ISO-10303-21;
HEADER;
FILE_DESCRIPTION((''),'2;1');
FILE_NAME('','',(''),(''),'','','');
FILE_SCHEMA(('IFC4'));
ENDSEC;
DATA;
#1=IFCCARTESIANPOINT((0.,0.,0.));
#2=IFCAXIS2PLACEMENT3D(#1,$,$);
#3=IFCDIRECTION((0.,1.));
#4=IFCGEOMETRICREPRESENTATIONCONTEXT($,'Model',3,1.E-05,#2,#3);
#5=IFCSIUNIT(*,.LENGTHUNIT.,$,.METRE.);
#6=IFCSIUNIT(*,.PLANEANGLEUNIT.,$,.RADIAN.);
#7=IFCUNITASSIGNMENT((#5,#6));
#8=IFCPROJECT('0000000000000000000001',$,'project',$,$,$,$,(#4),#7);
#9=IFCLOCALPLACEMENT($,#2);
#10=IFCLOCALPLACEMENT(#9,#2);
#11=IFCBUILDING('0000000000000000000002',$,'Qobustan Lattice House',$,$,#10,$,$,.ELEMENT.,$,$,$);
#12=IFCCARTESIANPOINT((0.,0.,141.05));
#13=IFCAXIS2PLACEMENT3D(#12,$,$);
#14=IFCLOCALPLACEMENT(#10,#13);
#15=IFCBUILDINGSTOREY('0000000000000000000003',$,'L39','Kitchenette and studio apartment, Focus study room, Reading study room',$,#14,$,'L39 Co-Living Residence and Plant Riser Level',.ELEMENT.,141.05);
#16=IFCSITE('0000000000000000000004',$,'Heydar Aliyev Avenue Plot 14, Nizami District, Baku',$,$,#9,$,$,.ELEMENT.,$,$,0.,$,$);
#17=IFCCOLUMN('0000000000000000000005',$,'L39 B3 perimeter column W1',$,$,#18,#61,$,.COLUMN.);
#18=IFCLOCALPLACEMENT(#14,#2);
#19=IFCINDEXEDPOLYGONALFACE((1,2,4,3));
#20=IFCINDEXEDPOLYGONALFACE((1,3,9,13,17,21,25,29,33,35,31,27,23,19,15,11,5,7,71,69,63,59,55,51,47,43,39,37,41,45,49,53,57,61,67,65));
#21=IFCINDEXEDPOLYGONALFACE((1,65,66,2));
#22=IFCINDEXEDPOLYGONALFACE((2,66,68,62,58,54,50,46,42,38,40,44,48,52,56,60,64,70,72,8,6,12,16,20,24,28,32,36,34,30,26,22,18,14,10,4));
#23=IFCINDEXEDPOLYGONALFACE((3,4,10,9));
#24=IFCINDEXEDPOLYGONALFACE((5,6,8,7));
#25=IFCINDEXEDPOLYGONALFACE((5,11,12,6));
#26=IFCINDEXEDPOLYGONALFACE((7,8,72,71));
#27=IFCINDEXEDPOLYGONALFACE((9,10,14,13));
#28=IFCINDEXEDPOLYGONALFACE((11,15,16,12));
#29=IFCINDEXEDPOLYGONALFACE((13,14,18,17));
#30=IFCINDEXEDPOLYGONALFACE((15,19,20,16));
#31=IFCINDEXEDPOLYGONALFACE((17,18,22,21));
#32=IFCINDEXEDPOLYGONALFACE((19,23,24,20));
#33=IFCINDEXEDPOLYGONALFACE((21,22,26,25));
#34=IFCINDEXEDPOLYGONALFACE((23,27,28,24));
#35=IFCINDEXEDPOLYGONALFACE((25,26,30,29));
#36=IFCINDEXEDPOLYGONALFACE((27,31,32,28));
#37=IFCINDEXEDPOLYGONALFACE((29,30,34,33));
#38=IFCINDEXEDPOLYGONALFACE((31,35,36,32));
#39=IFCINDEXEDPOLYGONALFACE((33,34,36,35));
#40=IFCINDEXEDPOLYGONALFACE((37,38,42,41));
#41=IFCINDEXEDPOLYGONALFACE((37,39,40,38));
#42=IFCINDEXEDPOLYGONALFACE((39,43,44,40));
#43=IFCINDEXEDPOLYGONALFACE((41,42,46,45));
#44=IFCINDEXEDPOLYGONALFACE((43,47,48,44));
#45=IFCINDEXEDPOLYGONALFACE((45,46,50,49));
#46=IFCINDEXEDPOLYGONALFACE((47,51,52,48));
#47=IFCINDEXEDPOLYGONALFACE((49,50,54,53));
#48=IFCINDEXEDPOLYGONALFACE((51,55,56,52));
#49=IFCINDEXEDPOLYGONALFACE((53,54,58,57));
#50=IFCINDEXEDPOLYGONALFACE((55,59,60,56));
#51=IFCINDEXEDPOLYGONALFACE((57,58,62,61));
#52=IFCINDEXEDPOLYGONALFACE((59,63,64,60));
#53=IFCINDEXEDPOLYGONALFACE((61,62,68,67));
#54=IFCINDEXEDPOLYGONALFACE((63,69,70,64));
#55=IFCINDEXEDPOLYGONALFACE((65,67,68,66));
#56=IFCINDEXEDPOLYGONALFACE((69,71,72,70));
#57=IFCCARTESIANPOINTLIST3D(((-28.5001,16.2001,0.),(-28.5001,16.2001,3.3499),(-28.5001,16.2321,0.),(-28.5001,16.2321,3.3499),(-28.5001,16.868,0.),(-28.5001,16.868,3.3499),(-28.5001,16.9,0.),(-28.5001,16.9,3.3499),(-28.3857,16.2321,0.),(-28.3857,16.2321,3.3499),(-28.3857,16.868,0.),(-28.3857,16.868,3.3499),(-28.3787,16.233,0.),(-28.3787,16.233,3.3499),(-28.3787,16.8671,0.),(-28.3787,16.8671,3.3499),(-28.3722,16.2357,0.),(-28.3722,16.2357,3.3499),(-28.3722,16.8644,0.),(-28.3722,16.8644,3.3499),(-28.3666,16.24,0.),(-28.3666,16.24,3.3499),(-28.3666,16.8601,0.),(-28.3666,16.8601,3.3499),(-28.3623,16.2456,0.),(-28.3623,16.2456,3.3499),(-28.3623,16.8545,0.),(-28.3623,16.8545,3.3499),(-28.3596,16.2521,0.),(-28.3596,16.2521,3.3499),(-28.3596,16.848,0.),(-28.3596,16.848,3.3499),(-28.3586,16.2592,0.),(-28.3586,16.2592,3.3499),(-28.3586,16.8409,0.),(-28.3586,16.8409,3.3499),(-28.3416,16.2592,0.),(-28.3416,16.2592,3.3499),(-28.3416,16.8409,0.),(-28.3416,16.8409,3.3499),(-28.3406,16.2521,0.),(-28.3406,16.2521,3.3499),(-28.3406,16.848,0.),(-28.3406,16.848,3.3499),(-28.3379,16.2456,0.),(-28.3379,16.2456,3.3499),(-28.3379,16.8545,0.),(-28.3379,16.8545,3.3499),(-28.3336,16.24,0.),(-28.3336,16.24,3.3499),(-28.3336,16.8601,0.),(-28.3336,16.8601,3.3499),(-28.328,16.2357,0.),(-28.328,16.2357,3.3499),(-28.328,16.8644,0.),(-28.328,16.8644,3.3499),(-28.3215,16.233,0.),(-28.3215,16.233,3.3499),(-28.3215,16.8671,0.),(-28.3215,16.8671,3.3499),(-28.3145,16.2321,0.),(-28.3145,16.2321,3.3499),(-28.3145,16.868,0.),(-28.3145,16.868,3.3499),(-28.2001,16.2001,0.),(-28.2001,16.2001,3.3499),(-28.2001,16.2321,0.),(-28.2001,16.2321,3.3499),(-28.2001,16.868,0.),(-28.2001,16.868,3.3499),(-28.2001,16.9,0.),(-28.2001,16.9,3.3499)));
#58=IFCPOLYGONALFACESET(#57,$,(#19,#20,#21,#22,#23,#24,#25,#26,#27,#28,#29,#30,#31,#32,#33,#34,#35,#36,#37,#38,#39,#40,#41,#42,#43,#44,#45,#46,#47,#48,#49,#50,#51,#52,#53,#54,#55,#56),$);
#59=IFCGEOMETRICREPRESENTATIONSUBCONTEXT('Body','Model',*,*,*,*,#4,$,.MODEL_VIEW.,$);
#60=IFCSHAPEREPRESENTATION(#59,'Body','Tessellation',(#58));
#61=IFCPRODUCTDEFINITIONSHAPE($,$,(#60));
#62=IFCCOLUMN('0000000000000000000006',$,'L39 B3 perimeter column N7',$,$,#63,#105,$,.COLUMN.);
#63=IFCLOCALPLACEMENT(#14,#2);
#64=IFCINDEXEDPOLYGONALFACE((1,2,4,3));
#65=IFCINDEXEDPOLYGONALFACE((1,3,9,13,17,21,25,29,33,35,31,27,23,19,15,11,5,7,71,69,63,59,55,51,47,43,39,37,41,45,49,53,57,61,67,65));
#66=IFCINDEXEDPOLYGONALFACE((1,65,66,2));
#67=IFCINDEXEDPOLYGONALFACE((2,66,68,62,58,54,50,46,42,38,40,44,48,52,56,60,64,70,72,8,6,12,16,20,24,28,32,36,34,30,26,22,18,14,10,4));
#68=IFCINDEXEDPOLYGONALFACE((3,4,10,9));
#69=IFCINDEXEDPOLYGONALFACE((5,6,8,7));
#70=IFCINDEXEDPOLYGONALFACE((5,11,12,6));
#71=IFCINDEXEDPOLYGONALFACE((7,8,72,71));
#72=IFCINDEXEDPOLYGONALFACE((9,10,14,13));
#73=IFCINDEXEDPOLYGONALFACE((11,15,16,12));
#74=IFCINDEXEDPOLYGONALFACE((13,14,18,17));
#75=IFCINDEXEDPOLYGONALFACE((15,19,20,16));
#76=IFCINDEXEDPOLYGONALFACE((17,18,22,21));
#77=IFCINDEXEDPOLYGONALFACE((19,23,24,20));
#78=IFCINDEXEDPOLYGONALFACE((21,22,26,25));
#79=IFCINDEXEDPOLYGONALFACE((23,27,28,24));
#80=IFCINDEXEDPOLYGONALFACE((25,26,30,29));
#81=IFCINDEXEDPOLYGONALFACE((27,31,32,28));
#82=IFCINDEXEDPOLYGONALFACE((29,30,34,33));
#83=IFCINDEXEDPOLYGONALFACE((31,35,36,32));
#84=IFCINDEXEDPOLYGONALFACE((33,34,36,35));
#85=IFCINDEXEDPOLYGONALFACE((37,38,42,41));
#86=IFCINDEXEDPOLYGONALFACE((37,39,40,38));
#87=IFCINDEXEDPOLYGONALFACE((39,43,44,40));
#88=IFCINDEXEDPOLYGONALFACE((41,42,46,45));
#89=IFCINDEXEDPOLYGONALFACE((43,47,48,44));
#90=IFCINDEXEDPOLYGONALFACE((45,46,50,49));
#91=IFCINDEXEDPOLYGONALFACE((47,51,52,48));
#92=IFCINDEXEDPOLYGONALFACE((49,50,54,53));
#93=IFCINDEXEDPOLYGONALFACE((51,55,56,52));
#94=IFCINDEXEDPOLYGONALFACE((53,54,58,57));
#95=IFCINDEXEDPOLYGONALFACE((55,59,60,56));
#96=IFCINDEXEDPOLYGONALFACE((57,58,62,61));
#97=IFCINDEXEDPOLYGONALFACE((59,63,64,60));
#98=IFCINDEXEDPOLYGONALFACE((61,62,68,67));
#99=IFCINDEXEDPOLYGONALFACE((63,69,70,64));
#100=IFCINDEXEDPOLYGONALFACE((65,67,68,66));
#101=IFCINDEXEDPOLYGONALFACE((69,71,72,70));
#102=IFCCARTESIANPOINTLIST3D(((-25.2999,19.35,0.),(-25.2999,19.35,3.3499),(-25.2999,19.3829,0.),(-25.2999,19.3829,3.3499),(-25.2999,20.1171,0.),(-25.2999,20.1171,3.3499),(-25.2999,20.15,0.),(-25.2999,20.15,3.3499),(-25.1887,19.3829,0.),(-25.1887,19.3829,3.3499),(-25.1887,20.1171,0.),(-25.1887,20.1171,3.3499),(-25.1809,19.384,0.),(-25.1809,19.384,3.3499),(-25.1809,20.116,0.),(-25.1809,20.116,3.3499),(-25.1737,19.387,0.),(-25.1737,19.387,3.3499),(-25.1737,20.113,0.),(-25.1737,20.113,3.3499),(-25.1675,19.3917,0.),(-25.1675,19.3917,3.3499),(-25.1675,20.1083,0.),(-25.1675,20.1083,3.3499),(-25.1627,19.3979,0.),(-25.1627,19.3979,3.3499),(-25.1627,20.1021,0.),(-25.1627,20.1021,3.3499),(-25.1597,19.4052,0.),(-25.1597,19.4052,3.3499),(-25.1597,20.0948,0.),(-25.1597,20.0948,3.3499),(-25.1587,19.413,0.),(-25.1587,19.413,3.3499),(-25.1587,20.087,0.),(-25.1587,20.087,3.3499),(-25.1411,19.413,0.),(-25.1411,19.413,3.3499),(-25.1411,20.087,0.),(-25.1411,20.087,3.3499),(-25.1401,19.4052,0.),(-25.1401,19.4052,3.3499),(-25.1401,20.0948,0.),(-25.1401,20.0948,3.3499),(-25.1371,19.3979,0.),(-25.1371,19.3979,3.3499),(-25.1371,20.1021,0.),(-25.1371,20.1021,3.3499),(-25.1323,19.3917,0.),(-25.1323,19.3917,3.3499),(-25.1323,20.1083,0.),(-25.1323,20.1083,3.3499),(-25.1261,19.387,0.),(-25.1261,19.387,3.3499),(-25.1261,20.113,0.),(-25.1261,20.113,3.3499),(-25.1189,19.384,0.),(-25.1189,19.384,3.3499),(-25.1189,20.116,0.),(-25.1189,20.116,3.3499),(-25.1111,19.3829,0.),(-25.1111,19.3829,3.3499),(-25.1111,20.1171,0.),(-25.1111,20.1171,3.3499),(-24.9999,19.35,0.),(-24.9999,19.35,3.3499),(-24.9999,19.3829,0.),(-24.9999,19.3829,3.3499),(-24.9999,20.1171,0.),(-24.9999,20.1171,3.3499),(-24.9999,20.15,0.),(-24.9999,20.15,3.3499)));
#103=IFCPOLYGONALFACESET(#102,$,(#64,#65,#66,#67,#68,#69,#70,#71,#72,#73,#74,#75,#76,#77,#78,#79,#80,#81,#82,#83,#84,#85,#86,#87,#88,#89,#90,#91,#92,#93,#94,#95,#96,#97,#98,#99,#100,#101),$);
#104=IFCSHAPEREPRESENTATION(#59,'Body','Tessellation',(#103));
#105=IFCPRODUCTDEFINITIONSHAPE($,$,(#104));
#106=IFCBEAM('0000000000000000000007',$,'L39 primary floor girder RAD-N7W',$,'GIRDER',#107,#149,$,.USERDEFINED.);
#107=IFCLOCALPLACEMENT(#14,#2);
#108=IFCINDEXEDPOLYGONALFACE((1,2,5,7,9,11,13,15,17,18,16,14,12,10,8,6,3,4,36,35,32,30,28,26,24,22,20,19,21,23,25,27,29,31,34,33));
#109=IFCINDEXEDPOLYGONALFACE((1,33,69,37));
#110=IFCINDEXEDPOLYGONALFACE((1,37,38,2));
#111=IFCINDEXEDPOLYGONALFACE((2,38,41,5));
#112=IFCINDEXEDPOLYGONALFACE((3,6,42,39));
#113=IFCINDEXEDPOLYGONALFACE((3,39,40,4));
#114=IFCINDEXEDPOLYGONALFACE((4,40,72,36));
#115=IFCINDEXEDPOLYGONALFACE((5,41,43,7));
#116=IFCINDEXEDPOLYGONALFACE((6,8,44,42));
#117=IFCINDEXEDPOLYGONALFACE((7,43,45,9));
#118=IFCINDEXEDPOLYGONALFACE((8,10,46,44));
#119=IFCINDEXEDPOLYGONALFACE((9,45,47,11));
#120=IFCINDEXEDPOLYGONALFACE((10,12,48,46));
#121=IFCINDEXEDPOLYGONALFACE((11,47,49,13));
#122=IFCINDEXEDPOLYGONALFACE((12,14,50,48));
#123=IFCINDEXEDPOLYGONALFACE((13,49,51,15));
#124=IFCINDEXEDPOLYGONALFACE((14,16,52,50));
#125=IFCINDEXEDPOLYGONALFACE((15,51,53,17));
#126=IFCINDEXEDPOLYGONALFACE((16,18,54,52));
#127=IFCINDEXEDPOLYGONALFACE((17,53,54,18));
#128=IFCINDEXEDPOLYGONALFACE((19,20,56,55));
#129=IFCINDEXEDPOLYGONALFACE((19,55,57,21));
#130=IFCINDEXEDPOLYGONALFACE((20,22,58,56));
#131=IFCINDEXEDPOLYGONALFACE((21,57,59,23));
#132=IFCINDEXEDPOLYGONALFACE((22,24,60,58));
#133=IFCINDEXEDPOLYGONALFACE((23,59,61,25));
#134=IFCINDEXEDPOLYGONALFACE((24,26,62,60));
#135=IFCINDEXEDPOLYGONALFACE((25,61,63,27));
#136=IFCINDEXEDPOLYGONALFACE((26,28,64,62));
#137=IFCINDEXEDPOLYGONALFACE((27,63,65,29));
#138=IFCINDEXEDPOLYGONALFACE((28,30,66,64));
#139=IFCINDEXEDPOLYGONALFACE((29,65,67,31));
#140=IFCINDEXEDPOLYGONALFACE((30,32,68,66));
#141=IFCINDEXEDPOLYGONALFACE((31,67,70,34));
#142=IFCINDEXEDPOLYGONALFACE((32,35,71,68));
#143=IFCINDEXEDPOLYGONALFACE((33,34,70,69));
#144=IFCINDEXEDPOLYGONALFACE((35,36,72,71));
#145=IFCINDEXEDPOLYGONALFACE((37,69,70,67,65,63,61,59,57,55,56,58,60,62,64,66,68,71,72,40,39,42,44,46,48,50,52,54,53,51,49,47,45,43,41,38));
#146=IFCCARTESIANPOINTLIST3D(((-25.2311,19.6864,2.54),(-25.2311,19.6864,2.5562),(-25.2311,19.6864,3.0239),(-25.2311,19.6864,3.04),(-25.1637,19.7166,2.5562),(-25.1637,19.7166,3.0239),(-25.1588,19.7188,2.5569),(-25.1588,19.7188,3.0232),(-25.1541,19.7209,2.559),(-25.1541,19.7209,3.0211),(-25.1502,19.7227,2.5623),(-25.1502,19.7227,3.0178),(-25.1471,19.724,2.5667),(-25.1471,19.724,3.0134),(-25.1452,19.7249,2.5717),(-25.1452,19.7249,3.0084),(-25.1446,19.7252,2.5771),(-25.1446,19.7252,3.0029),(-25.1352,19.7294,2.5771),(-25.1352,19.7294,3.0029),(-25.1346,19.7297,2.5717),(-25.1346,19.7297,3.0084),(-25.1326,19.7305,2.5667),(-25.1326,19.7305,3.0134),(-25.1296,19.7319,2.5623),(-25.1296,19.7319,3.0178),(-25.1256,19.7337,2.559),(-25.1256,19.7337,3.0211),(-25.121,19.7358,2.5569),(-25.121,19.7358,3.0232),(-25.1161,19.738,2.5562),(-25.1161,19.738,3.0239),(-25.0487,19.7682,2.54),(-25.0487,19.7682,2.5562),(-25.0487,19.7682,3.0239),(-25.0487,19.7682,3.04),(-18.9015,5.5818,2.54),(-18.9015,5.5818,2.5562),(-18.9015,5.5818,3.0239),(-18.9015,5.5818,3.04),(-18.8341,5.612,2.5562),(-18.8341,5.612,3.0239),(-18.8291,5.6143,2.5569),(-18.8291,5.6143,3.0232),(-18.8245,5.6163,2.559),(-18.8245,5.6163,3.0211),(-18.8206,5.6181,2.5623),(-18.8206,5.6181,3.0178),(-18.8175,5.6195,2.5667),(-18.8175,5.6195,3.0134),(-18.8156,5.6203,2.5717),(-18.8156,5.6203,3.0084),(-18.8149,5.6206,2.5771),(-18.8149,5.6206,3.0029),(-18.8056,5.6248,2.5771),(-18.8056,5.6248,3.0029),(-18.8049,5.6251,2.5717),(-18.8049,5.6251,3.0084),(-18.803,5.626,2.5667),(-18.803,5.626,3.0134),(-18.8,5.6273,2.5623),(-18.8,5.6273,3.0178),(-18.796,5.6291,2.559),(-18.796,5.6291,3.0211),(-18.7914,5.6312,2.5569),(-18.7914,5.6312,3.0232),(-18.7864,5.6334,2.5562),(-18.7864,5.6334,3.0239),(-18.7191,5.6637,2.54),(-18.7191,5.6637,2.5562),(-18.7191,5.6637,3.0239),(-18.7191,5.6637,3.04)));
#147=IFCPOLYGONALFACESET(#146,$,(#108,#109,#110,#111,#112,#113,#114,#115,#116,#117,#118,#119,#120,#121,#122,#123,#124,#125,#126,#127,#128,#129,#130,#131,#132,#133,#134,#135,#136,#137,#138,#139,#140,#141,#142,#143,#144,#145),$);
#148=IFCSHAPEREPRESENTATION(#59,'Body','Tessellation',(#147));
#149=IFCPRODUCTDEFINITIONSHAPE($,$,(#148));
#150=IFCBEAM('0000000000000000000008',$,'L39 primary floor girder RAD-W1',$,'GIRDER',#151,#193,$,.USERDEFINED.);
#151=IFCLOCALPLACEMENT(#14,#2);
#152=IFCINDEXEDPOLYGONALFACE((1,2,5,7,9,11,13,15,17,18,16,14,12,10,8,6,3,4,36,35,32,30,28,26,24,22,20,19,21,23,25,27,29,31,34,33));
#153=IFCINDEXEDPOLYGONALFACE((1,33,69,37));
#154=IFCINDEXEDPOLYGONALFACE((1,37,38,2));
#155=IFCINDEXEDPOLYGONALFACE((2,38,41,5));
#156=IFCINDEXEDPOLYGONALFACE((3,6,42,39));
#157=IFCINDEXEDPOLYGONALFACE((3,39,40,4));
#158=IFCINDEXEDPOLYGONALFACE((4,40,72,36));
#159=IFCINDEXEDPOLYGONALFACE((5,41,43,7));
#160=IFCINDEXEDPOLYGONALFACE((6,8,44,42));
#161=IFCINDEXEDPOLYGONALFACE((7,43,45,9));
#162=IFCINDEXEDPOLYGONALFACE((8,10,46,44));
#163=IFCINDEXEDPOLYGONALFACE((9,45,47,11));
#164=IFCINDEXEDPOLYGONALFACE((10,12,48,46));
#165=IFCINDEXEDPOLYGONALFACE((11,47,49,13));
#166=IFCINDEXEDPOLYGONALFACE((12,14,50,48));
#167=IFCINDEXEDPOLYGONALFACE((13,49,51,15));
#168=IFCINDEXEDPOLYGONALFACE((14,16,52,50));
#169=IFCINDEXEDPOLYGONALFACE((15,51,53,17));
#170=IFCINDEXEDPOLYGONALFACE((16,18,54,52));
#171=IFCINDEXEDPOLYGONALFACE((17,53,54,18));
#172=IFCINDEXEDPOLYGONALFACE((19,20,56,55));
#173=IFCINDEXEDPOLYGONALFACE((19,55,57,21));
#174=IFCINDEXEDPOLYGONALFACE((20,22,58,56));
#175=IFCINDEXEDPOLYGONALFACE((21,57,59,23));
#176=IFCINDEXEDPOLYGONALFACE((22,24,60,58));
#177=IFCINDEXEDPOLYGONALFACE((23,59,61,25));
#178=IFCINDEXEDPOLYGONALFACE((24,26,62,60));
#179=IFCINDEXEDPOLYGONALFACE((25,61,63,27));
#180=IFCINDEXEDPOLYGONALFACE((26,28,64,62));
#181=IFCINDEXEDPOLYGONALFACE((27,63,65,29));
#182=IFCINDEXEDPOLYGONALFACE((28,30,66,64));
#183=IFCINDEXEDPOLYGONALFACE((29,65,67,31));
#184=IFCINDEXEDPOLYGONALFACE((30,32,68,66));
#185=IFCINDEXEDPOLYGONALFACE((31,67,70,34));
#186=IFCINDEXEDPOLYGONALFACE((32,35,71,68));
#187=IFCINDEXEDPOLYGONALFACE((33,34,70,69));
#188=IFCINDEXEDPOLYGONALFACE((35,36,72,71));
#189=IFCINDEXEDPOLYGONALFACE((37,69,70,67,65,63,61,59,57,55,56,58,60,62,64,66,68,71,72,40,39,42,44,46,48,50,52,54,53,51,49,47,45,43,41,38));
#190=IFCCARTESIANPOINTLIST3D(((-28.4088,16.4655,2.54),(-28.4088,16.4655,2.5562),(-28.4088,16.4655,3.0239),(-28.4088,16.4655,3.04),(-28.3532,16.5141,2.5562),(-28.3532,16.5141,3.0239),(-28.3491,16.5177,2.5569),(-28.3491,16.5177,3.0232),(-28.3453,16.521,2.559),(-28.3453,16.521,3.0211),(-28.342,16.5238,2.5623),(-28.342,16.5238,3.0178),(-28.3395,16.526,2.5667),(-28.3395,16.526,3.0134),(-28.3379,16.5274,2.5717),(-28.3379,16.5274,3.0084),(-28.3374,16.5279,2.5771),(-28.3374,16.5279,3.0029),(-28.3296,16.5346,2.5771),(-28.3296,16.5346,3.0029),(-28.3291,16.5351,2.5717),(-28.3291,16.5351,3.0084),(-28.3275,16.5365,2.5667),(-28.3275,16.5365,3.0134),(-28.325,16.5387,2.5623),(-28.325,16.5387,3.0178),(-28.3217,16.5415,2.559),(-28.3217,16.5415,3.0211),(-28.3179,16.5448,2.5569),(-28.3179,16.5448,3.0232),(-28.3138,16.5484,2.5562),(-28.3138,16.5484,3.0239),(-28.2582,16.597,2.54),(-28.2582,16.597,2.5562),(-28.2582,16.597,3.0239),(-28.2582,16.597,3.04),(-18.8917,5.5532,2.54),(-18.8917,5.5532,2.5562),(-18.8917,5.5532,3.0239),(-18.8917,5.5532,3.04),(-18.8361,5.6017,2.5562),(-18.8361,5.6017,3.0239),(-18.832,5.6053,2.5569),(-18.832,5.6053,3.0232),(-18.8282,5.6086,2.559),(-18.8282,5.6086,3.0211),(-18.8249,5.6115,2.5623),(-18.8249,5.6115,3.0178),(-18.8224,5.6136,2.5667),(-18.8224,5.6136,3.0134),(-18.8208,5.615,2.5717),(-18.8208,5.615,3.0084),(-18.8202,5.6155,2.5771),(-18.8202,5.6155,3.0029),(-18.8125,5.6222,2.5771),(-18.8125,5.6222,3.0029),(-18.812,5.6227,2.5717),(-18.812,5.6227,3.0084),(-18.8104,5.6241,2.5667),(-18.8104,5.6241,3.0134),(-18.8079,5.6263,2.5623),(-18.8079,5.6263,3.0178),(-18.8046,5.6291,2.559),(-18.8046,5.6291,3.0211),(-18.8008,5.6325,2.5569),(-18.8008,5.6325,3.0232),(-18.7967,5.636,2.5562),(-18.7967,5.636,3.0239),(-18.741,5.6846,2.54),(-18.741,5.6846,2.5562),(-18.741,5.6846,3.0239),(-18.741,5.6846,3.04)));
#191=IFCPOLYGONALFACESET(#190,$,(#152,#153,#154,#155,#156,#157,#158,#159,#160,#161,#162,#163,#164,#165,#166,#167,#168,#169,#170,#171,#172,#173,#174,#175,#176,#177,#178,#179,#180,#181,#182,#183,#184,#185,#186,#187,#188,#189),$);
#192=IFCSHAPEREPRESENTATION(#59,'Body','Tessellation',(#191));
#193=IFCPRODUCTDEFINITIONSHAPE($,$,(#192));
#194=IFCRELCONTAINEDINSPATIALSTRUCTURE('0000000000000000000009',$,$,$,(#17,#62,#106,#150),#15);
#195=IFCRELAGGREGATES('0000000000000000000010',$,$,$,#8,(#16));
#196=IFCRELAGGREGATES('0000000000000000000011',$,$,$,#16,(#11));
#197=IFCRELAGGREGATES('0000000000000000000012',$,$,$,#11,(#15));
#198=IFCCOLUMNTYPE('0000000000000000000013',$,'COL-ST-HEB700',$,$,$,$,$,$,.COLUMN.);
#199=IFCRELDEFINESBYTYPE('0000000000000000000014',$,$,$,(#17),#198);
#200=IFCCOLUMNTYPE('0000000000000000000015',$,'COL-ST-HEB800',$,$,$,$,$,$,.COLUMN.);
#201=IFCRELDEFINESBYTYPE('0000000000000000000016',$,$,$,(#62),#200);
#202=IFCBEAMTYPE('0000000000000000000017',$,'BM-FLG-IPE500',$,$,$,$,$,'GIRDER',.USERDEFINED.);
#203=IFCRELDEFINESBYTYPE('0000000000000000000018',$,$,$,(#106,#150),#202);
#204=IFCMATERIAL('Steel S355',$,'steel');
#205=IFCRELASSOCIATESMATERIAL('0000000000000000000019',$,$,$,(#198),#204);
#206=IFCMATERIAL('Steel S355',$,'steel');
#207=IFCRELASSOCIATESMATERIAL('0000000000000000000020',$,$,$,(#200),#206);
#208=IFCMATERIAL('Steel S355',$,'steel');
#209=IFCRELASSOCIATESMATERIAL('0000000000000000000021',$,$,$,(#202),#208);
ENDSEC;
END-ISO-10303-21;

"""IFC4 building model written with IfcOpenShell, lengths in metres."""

from ifc_helpers import new_model, si_unit, direction, frame, origin, origin_2d, place, context, subcontext, project, spatial, i_section, extrude, material, material_profile, profile_set, type_object, element, save


model = new_model("IFC4")

# Units and contexts
model_context = context("Model", 3, precision=1e-05, world=origin(), true_north=direction((0.0, 1.0)))
body_context = subcontext(model_context, "Body", "Model", "MODEL_VIEW")
ifc_project = project(units=[si_unit("LENGTHUNIT", "METRE"), si_unit("PLANEANGLEUNIT", "RADIAN")], contexts=[model_context])

# Site, building, storey
site_placement = place(None, origin())
site = spatial("IfcSite", under=ifc_project, at=site_placement, Name="Heydar Aliyev Avenue Plot 14, Nizami District, Baku", CompositionType="ELEMENT", RefElevation=0.0)
building_placement = place(site_placement, origin())
building = spatial("IfcBuilding", under=site, at=building_placement, Name="Qobustan Lattice House", CompositionType="ELEMENT")
storey_placement = place(building_placement, frame((0.0, 0.0, 141.05)))
storey = spatial("IfcBuildingStorey", under=building, at=storey_placement, Name="L39", Description="Kitchenette and studio apartment, Focus study room, Reading study room", LongName="L39 Co-Living Residence and Plant Riser Level", CompositionType="ELEMENT", Elevation=141.05)

# Columns
ifc_material_1 = material(Name="Steel S355", Category="steel")
ifc_material_profile_1 = material_profile(ifc_material_1, i_section(OverallWidth=0.3, OverallDepth=0.7, WebThickness=0.0171, FlangeThickness=0.032, FilletRadius=0.0271, at=origin_2d()), Name="HEB700")
ifc_profile_set_1 = profile_set([ifc_material_profile_1], Name="Steel S355")
column_type_1 = type_object("IfcColumnType", Name="COL-ST-HEB700", PredefinedType="COLUMN", material=ifc_profile_set_1)
column_1_placement = place(storey_placement, frame((-28.3501, 16.55, 0.0), z_axis=(0.0, 0.0, 1.0), x_axis=(1.0, 0.0, 0.0)))
element("IfcColumn", 1, at=column_1_placement, inside=storey, type_object=column_type_1, Name="L39 B3 perimeter column W1", PredefinedType="COLUMN", context=body_context, shape_type="SweptSolid", body=[
    extrude(i_section(OverallWidth=0.3, OverallDepth=0.7, WebThickness=0.0171, FlangeThickness=0.032, FilletRadius=0.0271, at=origin_2d()), origin(), (0.0, 0.0, 1.0), 3.3499),
])
ifc_material_2 = material(Name="Steel S355", Category="steel")
ifc_material_profile_2 = material_profile(ifc_material_2, i_section(OverallWidth=0.3, OverallDepth=0.8, WebThickness=0.0176, FlangeThickness=0.033, FilletRadius=0.03, at=origin_2d()), Name="HEB800")
ifc_profile_set_2 = profile_set([ifc_material_profile_2], Name="Steel S355")
column_type_2 = type_object("IfcColumnType", Name="COL-ST-HEB800", PredefinedType="COLUMN", material=ifc_profile_set_2)
column_2_placement = place(storey_placement, frame((-25.1499, 19.75, 0.0), z_axis=(0.0, 0.0, 1.0), x_axis=(1.0, 0.0, 0.0)))
element("IfcColumn", 2, at=column_2_placement, inside=storey, type_object=column_type_2, Name="L39 B3 perimeter column N7", PredefinedType="COLUMN", context=body_context, shape_type="SweptSolid", body=[
    extrude(i_section(OverallWidth=0.3, OverallDepth=0.8, WebThickness=0.0176, FlangeThickness=0.033, FilletRadius=0.03, at=origin_2d()), origin(), (0.0, 0.0, 1.0), 3.3499),
])

# Beams
ifc_material_3 = material(Name="Steel S355", Category="steel")
ifc_material_profile_3 = material_profile(ifc_material_3, i_section(OverallWidth=0.2, OverallDepth=0.5, WebThickness=0.0103, FlangeThickness=0.0161, FilletRadius=0.021, at=origin_2d()), Name="IPE500")
ifc_profile_set_3 = profile_set([ifc_material_profile_3], Name="Steel S355")
beam_type_1 = type_object("IfcBeamType", Name="BM-FLG-IPE500", ElementType="GIRDER", PredefinedType="USERDEFINED", material=ifc_profile_set_3)
beam_1_placement = place(storey_placement, frame((-25.1399, 19.7273, 2.79), z_axis=(0.409427, -0.912343, 0.0), x_axis=(0.912343, 0.409427, 0.0)))
element("IfcBeam", 3, at=beam_1_placement, inside=storey, type_object=beam_type_1, Name="L39 primary floor girder RAD-N7W", ObjectType="GIRDER", PredefinedType="USERDEFINED", context=body_context, shape_type="SweptSolid", body=[
    extrude(i_section(OverallWidth=0.2, OverallDepth=0.5, WebThickness=0.0103, FlangeThickness=0.0161, FilletRadius=0.021, at=origin_2d()), origin(), (0.0, 0.0, 1.0), 15.4597),
])
beam_2_placement = place(storey_placement, frame((-28.3335, 16.5312, 2.79), z_axis=(0.657283, -0.753644, 0.0), x_axis=(0.753644, 0.657283, 0.0)))
element("IfcBeam", 4, at=beam_2_placement, inside=storey, type_object=beam_type_1, Name="L39 primary floor girder RAD-W1", ObjectType="GIRDER", PredefinedType="USERDEFINED", context=body_context, shape_type="SweptSolid", body=[
    extrude(i_section(OverallWidth=0.2, OverallDepth=0.5, WebThickness=0.0103, FlangeThickness=0.0161, FilletRadius=0.021, at=origin_2d()), origin(), (0.0, 0.0, 1.0), 14.4795),
])

save(model, "model.ifc")
